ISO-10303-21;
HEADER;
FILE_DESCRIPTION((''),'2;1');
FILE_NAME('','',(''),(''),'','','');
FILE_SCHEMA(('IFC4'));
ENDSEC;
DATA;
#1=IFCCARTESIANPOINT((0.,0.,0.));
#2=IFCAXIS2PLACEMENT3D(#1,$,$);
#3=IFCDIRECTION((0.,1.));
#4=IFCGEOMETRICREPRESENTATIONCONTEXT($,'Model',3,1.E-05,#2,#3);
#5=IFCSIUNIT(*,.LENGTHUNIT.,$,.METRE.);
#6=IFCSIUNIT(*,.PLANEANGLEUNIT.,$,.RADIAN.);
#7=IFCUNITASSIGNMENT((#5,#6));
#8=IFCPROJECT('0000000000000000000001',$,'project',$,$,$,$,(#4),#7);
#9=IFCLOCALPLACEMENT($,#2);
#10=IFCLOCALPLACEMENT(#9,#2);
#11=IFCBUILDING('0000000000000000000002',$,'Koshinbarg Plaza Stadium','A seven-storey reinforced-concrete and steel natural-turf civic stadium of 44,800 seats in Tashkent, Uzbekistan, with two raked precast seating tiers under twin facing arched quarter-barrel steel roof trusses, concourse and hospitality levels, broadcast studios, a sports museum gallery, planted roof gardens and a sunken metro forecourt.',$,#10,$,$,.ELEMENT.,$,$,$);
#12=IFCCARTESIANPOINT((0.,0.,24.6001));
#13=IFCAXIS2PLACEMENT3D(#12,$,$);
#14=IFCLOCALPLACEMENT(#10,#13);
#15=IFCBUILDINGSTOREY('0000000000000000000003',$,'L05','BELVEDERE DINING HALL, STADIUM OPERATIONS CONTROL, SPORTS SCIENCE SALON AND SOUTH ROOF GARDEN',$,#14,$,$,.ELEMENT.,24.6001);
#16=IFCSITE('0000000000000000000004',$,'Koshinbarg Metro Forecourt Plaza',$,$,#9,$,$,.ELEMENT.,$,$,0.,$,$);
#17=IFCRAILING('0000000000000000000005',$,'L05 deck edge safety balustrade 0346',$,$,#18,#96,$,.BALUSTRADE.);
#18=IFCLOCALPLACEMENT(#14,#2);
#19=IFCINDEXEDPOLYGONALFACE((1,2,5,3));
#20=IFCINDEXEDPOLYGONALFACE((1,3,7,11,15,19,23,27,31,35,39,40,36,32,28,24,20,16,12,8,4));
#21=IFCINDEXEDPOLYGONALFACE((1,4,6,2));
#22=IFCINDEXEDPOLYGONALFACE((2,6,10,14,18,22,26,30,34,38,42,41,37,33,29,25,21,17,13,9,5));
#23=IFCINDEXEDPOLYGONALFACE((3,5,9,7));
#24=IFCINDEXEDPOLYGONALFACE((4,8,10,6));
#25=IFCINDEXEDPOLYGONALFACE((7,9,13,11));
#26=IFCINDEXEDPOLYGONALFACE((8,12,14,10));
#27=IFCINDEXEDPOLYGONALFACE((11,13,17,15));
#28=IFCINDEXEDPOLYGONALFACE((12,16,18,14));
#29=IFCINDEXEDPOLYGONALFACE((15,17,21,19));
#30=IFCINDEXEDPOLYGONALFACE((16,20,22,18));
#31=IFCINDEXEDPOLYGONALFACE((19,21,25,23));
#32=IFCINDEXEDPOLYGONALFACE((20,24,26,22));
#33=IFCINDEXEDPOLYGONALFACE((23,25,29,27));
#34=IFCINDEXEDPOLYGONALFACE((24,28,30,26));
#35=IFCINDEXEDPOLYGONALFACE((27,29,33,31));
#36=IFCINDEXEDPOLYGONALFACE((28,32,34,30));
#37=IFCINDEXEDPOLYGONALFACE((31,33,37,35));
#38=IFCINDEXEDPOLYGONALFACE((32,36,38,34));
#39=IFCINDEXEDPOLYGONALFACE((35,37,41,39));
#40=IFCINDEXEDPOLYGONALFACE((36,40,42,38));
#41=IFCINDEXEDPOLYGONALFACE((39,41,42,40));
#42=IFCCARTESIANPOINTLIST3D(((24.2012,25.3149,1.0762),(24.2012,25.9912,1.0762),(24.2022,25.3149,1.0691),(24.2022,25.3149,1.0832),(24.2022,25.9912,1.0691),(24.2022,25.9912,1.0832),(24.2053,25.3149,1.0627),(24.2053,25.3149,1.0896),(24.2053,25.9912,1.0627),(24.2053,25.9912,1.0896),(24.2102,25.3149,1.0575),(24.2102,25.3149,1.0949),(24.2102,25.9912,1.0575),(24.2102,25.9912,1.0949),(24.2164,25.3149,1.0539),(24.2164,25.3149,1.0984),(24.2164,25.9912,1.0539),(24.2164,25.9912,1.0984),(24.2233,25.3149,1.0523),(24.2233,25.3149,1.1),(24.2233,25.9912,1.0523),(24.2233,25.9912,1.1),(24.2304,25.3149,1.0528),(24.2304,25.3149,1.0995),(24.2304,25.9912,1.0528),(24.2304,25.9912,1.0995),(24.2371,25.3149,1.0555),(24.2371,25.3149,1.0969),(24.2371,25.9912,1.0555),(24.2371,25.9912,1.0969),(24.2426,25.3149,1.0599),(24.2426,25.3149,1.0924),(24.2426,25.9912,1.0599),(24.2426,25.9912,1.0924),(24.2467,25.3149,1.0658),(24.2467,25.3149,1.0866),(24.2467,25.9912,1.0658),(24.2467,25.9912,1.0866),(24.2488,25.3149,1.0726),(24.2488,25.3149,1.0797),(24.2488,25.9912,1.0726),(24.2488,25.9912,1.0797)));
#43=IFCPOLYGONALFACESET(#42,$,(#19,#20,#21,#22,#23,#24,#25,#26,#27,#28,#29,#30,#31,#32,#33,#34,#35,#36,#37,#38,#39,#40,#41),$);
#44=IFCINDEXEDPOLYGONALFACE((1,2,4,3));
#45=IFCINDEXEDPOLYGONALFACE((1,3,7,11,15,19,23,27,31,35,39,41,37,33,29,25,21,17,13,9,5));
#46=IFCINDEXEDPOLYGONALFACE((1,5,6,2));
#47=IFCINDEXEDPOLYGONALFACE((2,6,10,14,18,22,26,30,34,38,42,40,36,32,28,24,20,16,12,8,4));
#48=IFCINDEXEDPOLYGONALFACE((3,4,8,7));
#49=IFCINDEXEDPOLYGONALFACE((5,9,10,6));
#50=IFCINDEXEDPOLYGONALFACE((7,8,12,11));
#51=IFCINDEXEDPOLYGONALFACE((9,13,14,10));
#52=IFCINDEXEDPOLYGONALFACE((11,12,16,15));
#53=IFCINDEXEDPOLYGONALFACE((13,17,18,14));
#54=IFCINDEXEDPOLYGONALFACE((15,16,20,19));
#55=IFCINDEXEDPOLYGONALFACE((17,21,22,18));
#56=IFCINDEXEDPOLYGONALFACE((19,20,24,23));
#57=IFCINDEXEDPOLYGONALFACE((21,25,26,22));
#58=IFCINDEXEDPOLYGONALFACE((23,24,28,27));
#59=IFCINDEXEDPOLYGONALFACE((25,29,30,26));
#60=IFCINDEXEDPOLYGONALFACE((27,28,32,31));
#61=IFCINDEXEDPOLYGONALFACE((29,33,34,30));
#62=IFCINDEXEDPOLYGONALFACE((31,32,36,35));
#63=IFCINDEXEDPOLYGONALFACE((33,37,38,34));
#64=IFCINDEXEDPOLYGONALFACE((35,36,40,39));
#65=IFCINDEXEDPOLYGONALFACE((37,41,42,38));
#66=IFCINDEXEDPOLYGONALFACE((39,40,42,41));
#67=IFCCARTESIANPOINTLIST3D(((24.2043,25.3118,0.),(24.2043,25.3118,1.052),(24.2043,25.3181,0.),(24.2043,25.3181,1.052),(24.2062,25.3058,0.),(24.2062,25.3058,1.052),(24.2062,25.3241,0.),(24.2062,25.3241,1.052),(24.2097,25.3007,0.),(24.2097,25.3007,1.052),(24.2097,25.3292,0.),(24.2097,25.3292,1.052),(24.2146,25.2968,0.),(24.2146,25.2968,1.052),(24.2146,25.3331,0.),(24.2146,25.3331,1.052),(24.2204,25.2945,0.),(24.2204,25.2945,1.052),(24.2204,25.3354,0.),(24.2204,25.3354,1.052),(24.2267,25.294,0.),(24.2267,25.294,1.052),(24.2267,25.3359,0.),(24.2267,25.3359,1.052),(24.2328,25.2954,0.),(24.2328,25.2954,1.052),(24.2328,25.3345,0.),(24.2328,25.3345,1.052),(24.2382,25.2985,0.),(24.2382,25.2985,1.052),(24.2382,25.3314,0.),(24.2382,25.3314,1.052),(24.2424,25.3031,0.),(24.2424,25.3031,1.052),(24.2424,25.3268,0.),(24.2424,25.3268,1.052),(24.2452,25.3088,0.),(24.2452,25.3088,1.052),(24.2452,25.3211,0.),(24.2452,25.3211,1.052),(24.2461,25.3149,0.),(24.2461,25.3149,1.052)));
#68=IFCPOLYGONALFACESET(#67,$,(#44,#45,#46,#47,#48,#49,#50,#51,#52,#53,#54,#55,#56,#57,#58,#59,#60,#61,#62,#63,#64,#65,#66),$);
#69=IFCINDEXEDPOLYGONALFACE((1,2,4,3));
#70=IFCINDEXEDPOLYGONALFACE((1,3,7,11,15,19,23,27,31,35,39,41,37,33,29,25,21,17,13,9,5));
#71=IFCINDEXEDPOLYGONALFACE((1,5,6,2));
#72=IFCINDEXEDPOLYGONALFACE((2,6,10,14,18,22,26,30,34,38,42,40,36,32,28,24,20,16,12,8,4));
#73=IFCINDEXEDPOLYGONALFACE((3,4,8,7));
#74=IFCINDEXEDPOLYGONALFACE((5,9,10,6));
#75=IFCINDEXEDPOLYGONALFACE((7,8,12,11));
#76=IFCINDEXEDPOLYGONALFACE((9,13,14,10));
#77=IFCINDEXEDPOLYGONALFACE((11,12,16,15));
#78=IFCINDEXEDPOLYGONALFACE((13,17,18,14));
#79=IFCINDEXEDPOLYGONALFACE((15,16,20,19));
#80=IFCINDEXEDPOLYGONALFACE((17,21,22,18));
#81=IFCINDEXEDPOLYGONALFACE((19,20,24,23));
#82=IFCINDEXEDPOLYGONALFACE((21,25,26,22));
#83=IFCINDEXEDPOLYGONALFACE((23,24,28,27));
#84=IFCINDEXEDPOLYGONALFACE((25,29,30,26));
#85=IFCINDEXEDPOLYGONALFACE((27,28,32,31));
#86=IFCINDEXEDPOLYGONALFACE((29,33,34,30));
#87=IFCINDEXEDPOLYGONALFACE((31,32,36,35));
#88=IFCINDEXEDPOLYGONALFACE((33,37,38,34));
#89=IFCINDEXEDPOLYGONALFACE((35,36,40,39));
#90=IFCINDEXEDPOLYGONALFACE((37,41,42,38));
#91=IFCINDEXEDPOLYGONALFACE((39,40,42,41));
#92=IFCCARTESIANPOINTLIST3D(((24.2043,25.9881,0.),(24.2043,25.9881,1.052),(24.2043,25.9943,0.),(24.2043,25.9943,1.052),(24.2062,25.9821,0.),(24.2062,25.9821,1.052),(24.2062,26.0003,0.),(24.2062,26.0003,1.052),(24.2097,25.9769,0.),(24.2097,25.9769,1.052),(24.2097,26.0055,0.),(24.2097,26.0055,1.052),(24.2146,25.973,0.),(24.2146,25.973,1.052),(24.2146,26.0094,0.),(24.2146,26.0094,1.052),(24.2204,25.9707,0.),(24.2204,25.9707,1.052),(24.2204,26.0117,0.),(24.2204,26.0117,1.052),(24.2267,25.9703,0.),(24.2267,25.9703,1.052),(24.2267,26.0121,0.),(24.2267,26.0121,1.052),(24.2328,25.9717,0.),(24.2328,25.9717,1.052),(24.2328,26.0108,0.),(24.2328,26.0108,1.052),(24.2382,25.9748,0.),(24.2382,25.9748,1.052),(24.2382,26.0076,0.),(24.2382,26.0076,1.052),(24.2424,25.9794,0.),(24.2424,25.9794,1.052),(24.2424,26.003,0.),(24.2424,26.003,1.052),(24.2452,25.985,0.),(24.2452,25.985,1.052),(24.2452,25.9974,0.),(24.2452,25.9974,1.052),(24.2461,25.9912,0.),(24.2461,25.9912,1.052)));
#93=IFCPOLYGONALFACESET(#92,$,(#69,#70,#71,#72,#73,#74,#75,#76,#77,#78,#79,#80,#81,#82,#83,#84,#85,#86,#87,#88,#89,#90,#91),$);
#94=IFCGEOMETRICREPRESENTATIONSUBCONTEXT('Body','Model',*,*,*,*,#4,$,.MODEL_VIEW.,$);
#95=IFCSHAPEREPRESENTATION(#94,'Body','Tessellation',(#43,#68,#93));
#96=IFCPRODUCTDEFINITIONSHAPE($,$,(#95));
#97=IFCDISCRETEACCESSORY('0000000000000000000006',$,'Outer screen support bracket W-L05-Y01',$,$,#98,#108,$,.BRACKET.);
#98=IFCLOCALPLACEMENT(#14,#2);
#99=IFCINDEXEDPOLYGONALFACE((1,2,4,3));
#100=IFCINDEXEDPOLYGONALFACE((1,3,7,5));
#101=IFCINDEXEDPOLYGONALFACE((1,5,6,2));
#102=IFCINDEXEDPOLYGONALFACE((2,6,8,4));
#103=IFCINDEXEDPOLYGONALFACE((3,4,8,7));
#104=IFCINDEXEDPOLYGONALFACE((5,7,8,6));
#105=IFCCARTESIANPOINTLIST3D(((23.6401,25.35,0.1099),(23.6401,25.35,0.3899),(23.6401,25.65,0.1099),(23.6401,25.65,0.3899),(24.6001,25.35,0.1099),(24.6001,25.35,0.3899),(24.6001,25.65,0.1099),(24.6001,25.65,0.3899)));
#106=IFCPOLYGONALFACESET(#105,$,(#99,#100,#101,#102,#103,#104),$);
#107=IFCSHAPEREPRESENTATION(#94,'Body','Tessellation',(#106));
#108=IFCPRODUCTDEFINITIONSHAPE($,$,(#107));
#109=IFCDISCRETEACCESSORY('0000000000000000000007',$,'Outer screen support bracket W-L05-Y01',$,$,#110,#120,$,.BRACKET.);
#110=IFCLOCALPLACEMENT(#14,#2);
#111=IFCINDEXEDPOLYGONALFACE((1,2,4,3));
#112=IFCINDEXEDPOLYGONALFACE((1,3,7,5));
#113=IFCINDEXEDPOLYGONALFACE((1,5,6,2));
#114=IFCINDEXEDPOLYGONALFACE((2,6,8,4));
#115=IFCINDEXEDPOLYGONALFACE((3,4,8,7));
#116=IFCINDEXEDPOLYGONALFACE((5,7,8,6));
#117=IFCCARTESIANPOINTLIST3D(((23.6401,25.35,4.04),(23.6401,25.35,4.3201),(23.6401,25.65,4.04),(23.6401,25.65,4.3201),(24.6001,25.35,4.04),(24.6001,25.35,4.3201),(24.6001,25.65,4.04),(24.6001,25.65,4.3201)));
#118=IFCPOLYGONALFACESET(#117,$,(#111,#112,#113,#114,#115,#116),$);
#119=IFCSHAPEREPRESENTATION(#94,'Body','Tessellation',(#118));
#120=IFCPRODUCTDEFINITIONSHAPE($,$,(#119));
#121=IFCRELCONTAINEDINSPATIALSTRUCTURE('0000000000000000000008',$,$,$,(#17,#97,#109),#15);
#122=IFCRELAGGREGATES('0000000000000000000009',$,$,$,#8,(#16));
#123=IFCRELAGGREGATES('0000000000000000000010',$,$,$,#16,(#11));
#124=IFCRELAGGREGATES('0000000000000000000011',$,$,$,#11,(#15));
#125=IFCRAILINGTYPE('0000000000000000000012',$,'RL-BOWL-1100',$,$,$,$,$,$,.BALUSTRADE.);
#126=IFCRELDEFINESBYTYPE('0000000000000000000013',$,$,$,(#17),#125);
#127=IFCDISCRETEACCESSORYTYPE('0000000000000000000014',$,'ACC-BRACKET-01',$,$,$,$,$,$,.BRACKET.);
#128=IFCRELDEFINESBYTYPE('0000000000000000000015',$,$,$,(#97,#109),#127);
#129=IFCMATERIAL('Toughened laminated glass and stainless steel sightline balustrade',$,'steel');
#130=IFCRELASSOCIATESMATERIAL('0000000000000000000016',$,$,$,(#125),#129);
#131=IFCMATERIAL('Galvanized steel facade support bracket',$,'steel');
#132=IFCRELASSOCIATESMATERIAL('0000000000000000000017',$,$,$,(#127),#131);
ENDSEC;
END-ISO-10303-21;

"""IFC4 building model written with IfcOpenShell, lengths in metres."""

from ifc_helpers import new_model, si_unit, direction, frame, origin, origin_2d, place, context, subcontext, project, spatial, rectangle, circle, extrude, material, type_object, element, save


model = new_model("IFC4")

# Units and contexts
model_context = context("Model", 3, precision=1e-05, world=origin(), true_north=direction((0.0, 1.0)))
body_context = subcontext(model_context, "Body", "Model", "MODEL_VIEW")
ifc_project = project(units=[si_unit("LENGTHUNIT", "METRE"), si_unit("PLANEANGLEUNIT", "RADIAN")], contexts=[model_context])

# Site, building, storey
site_placement = place(None, origin())
site = spatial("IfcSite", under=ifc_project, at=site_placement, Name="Koshinbarg Metro Forecourt Plaza", CompositionType="ELEMENT", RefElevation=0.0)
building_placement = place(site_placement, origin())
building = spatial("IfcBuilding", under=site, at=building_placement, Name="Koshinbarg Plaza Stadium", Description="A seven-storey reinforced-concrete and steel natural-turf civic stadium of 44,800 seats in Tashkent, Uzbekistan, with two raked precast seating tiers under twin facing arched quarter-barrel steel roof trusses, concourse and hospitality levels, broadcast studios, a sports museum gallery, planted roof gardens and a sunken metro forecourt.", CompositionType="ELEMENT")
storey_placement = place(building_placement, frame((0.0, 0.0, 24.6001)))
storey = spatial("IfcBuildingStorey", under=building, at=storey_placement, Name="L05", Description="BELVEDERE DINING HALL, STADIUM OPERATIONS CONTROL, SPORTS SCIENCE SALON AND SOUTH ROOF GARDEN", CompositionType="ELEMENT", Elevation=24.6001)

# Railing
ifc_material_1 = material(Name="Toughened laminated glass and stainless steel sightline balustrade", Category="steel")
railing_type_1 = type_object("IfcRailingType", Name="RL-BOWL-1100", PredefinedType="BALUSTRADE", material=ifc_material_1)
railing_1_placement = place(storey_placement, frame((24.2251, 25.3149, 0.0)))
element("IfcRailing", 1, at=railing_1_placement, inside=storey, type_object=railing_type_1, Name="L05 deck edge safety balustrade 0346", PredefinedType="BALUSTRADE", context=body_context, shape_type="SweptSolid", body=[
    extrude(circle(Radius=0.0239, at=origin_2d()), frame((0.0, 0.0, 1.0762), z_axis=(0.0, 1.0, 0.0), x_axis=(-1.0, 0.0, 0.0)), (0.0, 0.0, 1.0), 0.6763),
    extrude(circle(Radius=0.021, at=origin_2d()), origin(), (0.0, 0.0, 1.0), 1.052),
    extrude(circle(Radius=0.021, at=origin_2d()), frame((0.0, 0.6763, 0.0)), (0.0, 0.0, 1.0), 1.052),
])

# Discrete accessories
ifc_material_2 = material(Name="Galvanized steel facade support bracket", Category="steel")
discrete_accessory_type = type_object("IfcDiscreteAccessoryType", Name="ACC-BRACKET-01", PredefinedType="BRACKET", material=ifc_material_2)
for number, where, z_axis, x_axis, name in (
    (2, (24.1201, 25.5, 0.1099), (0.0, 0.0, 1.0), (1.0, 0.0, 0.0), "Outer screen support bracket W-L05-Y01"),
    (3, (24.1201, 25.5, 4.04), (0.0, 0.0, 1.0), (1.0, 0.0, 0.0), "Outer screen support bracket W-L05-Y01"),
):
    element("IfcDiscreteAccessory", number, at=place(storey_placement, frame(where, z_axis=z_axis, x_axis=x_axis)), inside=storey, type_object=discrete_accessory_type, Name=name, PredefinedType="BRACKET", context=body_context, shape_type="SweptSolid", body=[
        extrude(rectangle(XDim=0.96, YDim=0.3, at=origin_2d()), origin(), (0.0, 0.0, 1.0), 0.28),
    ])

save(model, "model.ifc")
